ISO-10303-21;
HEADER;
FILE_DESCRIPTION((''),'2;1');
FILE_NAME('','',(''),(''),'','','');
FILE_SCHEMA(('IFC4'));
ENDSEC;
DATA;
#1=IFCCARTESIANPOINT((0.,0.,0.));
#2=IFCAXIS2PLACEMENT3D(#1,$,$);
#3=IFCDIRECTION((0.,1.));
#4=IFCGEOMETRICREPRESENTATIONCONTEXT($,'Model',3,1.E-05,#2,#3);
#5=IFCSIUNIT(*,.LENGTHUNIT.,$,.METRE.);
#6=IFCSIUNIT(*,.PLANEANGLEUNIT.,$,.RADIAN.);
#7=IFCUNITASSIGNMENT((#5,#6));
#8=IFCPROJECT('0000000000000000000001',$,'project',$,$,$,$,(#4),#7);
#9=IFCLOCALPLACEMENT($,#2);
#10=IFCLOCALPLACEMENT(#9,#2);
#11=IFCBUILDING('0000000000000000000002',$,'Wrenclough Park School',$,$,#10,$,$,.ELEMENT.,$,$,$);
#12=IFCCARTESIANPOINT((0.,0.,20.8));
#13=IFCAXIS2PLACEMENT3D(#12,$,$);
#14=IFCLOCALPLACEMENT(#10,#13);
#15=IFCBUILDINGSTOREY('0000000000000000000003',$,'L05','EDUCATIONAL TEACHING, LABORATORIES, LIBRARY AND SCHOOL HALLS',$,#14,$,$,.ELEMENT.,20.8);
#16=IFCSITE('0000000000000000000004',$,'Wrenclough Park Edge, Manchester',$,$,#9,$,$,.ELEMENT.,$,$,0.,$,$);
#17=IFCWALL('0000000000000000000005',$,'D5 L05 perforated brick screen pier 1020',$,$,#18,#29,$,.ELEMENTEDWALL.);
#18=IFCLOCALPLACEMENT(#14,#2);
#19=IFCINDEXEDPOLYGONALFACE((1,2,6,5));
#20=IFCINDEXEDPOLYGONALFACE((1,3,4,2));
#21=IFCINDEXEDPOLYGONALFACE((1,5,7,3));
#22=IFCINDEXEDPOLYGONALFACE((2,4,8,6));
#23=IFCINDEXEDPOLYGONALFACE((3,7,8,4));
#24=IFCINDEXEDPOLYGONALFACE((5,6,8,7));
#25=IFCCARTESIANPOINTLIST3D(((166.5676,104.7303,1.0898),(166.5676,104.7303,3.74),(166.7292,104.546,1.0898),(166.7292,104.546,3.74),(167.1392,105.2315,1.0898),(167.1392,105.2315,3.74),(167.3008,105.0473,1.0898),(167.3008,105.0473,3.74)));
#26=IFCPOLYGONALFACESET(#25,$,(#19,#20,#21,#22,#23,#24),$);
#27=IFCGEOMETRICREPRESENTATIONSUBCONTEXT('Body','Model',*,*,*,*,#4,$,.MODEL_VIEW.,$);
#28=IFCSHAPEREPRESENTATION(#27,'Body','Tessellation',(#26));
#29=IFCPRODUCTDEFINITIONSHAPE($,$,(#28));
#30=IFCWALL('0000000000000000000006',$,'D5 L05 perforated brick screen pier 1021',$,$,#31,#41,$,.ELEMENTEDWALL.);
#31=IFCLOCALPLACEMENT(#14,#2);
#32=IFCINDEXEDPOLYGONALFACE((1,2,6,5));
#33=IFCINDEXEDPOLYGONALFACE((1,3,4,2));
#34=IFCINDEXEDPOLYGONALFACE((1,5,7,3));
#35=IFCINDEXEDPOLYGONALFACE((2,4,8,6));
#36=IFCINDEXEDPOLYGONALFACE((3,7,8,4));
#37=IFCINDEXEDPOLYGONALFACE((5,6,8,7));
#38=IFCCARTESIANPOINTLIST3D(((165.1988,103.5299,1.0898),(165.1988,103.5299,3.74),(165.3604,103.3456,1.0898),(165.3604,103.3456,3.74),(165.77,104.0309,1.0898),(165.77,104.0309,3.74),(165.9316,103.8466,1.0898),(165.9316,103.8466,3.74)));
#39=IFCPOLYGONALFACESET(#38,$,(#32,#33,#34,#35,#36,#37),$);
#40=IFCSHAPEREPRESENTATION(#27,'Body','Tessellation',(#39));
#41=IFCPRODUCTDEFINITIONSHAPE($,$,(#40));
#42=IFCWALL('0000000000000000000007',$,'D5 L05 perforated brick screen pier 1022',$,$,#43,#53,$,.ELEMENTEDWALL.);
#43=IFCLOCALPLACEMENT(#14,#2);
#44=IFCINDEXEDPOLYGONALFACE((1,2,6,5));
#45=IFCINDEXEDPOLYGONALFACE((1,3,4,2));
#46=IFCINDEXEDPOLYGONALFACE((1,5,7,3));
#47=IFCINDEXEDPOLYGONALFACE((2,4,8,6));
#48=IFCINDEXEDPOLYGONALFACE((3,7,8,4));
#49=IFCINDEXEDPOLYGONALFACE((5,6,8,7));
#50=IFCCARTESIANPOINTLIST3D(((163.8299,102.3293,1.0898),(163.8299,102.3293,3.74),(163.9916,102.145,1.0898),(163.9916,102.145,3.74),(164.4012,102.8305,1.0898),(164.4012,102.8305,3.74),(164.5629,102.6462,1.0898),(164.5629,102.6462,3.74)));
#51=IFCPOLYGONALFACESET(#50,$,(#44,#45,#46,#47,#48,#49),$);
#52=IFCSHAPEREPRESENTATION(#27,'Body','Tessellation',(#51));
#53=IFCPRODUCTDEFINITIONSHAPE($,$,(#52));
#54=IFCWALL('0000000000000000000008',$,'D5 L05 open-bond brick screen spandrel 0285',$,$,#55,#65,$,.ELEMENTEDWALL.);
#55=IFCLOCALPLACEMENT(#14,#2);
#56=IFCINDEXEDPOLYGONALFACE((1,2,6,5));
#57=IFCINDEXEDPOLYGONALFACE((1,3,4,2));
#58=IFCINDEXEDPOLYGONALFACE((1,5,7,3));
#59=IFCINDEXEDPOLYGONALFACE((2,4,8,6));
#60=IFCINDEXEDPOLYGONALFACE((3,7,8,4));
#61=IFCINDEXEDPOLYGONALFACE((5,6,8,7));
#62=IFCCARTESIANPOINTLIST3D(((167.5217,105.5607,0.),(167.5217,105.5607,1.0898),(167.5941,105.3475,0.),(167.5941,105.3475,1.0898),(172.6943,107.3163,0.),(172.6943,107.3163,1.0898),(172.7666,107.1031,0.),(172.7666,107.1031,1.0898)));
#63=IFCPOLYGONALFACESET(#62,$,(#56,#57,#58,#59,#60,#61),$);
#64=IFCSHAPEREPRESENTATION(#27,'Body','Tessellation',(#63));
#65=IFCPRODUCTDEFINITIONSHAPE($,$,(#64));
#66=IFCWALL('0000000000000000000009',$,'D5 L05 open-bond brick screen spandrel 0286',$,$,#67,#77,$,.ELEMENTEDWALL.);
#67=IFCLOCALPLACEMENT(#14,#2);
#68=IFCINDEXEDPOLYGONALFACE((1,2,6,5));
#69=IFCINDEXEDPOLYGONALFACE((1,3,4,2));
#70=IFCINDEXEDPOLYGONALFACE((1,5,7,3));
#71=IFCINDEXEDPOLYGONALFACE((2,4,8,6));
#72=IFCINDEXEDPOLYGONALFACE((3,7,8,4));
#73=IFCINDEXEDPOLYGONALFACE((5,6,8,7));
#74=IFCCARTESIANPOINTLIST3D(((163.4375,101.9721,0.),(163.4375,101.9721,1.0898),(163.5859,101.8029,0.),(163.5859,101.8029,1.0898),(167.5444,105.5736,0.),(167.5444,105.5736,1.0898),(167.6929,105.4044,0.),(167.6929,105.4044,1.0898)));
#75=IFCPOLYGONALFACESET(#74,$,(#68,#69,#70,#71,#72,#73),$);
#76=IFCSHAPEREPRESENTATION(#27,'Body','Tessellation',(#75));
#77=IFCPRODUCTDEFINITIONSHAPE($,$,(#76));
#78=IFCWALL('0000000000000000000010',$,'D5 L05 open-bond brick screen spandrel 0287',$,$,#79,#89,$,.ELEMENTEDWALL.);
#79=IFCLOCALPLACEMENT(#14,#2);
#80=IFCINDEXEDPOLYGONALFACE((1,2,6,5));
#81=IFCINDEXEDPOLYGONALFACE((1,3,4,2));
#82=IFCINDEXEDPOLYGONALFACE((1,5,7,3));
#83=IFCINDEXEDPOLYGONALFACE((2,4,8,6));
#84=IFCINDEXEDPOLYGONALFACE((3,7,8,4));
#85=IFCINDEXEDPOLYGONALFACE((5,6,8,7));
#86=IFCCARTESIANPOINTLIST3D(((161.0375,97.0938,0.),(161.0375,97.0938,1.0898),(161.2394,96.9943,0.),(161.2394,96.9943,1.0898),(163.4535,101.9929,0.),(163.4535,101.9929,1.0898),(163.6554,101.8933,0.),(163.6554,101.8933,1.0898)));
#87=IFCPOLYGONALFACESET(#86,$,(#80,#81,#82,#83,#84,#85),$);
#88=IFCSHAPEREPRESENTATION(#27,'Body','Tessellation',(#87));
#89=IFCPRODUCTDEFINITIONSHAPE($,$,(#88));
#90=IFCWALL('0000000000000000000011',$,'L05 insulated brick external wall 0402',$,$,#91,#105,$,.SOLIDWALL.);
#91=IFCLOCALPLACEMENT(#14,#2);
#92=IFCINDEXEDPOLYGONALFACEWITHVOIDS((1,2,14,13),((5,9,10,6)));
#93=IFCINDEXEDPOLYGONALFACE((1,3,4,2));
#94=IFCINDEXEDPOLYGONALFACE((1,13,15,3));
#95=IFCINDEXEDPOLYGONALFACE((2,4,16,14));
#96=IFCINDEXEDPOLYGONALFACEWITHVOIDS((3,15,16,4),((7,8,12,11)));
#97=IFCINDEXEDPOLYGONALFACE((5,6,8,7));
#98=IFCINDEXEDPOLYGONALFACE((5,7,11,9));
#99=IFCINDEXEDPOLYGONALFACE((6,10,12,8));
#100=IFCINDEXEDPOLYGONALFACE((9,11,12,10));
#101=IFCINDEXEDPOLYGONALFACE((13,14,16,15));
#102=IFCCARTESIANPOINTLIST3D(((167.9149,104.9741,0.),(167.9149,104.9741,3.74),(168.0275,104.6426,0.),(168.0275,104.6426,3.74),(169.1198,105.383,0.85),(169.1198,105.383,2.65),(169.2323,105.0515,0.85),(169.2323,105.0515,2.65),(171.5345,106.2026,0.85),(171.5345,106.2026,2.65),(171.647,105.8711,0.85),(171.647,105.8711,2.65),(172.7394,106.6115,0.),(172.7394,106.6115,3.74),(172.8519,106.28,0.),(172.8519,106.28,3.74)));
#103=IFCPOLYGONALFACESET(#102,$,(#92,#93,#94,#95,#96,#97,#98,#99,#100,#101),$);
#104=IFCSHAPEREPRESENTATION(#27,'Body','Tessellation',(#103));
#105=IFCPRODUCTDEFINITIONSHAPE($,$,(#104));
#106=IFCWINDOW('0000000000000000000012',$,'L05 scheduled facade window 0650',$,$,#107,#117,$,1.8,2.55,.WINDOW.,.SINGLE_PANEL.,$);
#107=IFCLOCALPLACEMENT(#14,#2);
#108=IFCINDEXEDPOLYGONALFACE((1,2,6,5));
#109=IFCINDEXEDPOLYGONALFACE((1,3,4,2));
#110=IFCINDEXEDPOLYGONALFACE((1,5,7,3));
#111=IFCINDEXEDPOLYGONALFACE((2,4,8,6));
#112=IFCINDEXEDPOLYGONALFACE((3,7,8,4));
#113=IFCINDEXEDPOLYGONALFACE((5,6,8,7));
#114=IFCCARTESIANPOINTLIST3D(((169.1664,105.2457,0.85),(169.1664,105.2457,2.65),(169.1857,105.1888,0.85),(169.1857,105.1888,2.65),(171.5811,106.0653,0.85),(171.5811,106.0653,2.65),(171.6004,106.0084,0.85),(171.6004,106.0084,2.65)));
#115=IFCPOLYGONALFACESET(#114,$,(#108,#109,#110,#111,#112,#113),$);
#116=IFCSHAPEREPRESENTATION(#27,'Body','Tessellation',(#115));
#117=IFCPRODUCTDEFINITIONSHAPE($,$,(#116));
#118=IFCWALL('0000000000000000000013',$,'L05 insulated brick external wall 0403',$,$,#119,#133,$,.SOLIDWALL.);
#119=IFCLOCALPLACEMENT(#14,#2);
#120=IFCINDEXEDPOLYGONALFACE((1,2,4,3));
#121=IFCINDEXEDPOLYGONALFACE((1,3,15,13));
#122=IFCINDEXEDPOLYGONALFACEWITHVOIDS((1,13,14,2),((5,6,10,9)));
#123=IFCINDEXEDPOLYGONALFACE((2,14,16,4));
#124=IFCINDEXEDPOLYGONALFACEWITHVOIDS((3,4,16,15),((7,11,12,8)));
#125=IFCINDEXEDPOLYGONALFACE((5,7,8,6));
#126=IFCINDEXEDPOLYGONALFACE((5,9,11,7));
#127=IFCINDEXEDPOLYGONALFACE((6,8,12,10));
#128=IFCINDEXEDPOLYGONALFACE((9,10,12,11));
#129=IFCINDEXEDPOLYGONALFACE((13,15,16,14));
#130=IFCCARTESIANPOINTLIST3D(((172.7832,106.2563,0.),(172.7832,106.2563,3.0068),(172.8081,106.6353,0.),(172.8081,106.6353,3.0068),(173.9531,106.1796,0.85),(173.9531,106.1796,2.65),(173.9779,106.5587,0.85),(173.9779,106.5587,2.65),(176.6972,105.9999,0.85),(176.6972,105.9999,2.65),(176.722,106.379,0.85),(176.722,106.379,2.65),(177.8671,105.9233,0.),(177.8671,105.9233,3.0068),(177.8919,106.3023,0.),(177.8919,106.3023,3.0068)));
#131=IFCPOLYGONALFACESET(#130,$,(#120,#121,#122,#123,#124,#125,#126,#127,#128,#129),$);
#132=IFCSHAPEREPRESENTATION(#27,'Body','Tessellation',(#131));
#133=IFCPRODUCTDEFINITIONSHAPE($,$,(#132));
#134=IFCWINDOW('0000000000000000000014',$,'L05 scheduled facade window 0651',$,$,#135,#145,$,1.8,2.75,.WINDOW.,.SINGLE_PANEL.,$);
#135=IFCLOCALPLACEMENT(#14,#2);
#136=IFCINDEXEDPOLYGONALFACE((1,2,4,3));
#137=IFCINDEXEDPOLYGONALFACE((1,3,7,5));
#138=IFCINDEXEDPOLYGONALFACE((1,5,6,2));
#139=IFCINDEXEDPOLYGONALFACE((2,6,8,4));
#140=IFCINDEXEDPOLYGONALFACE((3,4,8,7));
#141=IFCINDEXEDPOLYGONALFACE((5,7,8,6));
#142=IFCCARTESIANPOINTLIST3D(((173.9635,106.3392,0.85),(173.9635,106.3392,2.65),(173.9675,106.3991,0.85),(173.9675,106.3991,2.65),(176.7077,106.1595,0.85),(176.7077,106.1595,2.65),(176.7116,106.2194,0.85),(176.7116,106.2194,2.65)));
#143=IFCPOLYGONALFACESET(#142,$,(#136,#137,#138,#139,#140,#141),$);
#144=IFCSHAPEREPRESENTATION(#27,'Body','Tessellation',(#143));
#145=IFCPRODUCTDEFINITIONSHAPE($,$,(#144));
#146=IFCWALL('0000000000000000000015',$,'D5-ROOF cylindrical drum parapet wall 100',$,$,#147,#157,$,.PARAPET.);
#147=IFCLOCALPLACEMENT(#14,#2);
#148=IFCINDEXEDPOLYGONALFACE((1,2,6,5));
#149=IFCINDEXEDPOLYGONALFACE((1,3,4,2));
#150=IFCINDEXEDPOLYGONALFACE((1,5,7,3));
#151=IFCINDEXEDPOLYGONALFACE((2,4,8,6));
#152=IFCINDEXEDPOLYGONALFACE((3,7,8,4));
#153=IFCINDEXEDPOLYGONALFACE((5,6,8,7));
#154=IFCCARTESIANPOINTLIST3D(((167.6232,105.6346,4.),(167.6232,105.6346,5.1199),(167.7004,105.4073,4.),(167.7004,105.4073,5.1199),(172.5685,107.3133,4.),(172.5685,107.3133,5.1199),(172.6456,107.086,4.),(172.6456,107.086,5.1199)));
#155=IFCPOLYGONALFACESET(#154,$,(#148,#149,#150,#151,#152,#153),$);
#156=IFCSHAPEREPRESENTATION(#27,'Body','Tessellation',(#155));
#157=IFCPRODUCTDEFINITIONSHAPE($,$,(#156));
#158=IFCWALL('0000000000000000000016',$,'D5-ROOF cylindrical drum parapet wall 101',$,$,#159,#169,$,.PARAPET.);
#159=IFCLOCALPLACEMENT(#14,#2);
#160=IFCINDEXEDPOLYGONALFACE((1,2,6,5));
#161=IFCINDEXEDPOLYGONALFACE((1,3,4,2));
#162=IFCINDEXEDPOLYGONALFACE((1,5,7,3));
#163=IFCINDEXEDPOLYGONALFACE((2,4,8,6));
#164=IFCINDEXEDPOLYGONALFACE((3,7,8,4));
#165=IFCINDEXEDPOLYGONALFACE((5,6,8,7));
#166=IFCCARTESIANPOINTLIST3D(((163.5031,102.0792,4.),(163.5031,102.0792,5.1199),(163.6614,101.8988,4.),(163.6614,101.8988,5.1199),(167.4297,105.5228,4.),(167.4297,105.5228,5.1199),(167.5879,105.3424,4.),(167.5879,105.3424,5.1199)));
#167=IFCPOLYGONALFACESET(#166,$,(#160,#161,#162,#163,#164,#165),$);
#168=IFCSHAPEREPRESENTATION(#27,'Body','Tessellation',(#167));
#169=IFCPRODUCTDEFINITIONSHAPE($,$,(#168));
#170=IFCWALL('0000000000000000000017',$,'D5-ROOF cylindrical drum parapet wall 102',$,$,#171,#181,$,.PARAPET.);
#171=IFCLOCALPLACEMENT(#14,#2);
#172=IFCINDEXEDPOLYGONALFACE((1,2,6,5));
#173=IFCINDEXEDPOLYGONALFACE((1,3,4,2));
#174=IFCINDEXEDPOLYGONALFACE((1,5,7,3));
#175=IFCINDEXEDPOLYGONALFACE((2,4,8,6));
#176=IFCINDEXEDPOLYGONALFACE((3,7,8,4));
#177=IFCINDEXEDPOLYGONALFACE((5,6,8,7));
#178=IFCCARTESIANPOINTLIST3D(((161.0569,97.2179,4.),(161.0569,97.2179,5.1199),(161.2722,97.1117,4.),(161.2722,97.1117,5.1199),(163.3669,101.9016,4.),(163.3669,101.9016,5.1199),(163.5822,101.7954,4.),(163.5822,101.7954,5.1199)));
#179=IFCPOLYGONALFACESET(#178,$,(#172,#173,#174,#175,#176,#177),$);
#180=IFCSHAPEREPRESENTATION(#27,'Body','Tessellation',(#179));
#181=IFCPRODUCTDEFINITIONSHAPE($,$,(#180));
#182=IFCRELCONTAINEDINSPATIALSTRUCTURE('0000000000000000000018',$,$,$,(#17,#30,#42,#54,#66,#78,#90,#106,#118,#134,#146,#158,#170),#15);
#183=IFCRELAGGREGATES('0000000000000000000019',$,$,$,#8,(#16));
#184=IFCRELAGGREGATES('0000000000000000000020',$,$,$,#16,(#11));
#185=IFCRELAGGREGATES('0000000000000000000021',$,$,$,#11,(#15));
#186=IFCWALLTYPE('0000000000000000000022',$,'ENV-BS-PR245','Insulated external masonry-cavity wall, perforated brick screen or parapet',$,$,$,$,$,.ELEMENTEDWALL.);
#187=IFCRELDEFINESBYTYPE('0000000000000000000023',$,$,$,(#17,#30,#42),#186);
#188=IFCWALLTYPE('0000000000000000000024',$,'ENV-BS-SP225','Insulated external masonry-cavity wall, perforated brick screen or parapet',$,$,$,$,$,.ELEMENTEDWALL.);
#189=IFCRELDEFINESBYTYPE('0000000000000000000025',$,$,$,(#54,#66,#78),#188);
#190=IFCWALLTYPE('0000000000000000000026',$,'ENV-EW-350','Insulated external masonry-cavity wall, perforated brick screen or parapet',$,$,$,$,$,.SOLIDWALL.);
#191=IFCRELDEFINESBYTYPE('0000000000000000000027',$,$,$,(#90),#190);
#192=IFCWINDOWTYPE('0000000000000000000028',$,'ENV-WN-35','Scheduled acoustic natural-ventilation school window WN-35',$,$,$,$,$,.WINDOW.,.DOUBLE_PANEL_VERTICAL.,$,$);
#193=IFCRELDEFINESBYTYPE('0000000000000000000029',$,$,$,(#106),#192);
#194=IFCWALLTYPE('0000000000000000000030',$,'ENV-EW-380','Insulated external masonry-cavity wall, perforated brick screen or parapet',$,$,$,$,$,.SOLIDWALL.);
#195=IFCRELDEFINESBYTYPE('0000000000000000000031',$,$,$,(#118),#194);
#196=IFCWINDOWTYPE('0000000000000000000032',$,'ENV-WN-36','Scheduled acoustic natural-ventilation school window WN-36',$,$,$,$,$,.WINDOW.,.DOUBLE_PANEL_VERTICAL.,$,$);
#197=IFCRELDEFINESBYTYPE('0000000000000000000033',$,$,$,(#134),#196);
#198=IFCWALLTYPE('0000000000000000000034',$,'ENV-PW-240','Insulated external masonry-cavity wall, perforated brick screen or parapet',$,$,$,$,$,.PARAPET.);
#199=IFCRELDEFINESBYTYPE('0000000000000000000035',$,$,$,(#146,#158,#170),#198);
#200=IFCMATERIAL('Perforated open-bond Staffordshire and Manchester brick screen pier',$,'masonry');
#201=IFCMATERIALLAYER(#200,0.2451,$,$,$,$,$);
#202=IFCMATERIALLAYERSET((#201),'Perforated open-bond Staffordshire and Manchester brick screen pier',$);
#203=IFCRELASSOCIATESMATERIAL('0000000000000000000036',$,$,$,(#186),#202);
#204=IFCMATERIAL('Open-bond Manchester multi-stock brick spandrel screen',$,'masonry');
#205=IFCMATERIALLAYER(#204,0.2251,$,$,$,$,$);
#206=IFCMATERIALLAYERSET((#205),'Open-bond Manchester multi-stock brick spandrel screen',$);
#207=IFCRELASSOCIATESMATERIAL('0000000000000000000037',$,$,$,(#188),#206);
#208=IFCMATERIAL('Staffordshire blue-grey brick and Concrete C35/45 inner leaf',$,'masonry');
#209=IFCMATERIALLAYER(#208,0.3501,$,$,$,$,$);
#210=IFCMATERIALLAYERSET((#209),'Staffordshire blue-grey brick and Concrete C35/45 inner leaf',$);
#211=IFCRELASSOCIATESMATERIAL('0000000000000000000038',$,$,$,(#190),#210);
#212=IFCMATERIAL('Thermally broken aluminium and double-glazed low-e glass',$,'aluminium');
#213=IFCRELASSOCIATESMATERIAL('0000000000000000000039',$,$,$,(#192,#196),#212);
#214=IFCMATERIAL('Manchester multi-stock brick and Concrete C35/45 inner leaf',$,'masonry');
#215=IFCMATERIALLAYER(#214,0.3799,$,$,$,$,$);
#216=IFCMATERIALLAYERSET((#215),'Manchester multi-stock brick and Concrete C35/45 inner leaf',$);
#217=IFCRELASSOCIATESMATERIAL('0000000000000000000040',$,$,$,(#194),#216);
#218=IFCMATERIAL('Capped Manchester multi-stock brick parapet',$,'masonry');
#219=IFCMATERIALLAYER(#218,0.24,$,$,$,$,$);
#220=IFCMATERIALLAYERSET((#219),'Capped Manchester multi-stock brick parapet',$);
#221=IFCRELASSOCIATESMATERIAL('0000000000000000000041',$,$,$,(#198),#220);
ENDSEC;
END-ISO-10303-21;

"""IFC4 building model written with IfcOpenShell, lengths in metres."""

from ifc_helpers import new_model, si_unit, direction, frame, frame_2d, origin, place, context, subcontext, project, spatial, rectangle, extrude, material, layer, layer_set, type_object, element, fill, save


model = new_model("IFC4")

# Units and contexts
model_context = context("Model", 3, precision=1e-05, world=origin(), true_north=direction((0.0, 1.0)))
body_context = subcontext(model_context, "Body", "Model", "MODEL_VIEW")
ifc_project = project(units=[si_unit("LENGTHUNIT", "METRE"), si_unit("PLANEANGLEUNIT", "RADIAN")], contexts=[model_context])

# Site, building, storey
site_placement = place(None, origin())
site = spatial("IfcSite", under=ifc_project, at=site_placement, Name="Wrenclough Park Edge, Manchester", CompositionType="ELEMENT", RefElevation=0.0)
building_placement = place(site_placement, origin())
building = spatial("IfcBuilding", under=site, at=building_placement, Name="Wrenclough Park School", CompositionType="ELEMENT")
storey_placement = place(building_placement, frame((0.0, 0.0, 20.8)))
storey = spatial("IfcBuildingStorey", under=building, at=storey_placement, Name="L05", Description="EDUCATIONAL TEACHING, LABORATORIES, LIBRARY AND SCHOOL HALLS", CompositionType="ELEMENT", Elevation=20.8)

# Walls
ifc_material_1 = material(Name="Perforated open-bond Staffordshire and Manchester brick screen pier", Category="masonry")
ifc_layer_1 = layer(ifc_material_1, 0.2451)
ifc_layer_set_1 = layer_set([ifc_layer_1], Name="Perforated open-bond Staffordshire and Manchester brick screen pier")
wall_type_1 = type_object("IfcWallType", Name="ENV-BS-PR245", Description="Insulated external masonry-cavity wall, perforated brick screen or parapet", PredefinedType="ELEMENTEDWALL", material=ifc_layer_set_1)
wall_1_placement = place(storey_placement, frame((167.22, 105.1394, 1.0898), z_axis=(0.0, 0.0, 1.0), x_axis=(-0.75184, -0.659345, 0.0)))
element("IfcWall", 1, at=wall_1_placement, inside=storey, type_object=wall_type_1, Name="D5 L05 perforated brick screen pier 1020", PredefinedType="ELEMENTEDWALL", context=body_context, shape_type="SweptSolid", body=[
    extrude(rectangle(XDim=0.7603, YDim=0.2451, at=frame_2d((0.3801, 0.0))), origin(), (0.0, 0.0, 1.0), 2.6501),
])
wall_2_placement = place(storey_placement, frame((165.8508, 103.9387, 1.0898), z_axis=(0.0, 0.0, 1.0), x_axis=(-0.75186, -0.659323, 0.0)))
element("IfcWall", 2, at=wall_2_placement, inside=storey, type_object=wall_type_1, Name="D5 L05 perforated brick screen pier 1021", PredefinedType="ELEMENTEDWALL", context=body_context, shape_type="SweptSolid", body=[
    extrude(rectangle(XDim=0.7598, YDim=0.2451, at=frame_2d((0.3799, 0.0))), origin(), (0.0, 0.0, 1.0), 2.6501),
])
wall_3_placement = place(storey_placement, frame((164.4819, 102.7383, 1.0898), z_axis=(0.0, 0.0, 1.0), x_axis=(-0.7517, -0.659505, 0.0)))
element("IfcWall", 3, at=wall_3_placement, inside=storey, type_object=wall_type_1, Name="D5 L05 perforated brick screen pier 1022", PredefinedType="ELEMENTEDWALL", context=body_context, shape_type="SweptSolid", body=[
    extrude(rectangle(XDim=0.76, YDim=0.2451, at=frame_2d((0.3799, 0.0))), origin(), (0.0, 0.0, 1.0), 2.6501),
])
ifc_material_2 = material(Name="Open-bond Manchester multi-stock brick spandrel screen", Category="masonry")
ifc_layer_2 = layer(ifc_material_2, 0.2251)
ifc_layer_set_2 = layer_set([ifc_layer_2], Name="Open-bond Manchester multi-stock brick spandrel screen")
wall_type_2 = type_object("IfcWallType", Name="ENV-BS-SP225", Description="Insulated external masonry-cavity wall, perforated brick screen or parapet", PredefinedType="ELEMENTEDWALL", material=ifc_layer_set_2)
for number, where, z_axis, x_axis, name in (
    (4, (172.7305, 107.2097, 0.0), (0.0, 0.0, 1.0), (-0.946944, -0.321399, 0.0), "D5 L05 open-bond brick screen spandrel 0285"),
    (5, (167.6187, 105.489, 0.0), (0.0, 0.0, 1.0), (-0.751851, -0.659333, 0.0), "D5 L05 open-bond brick screen spandrel 0286"),
    (6, (163.5544, 101.9431, 0.0), (0.0, 0.0, 1.0), (-0.442291, -0.896872, 0.0), "D5 L05 open-bond brick screen spandrel 0287"),
):
    element("IfcWall", number, at=place(storey_placement, frame(where, z_axis=z_axis, x_axis=x_axis)), inside=storey, type_object=wall_type_2, Name=name, PredefinedType="ELEMENTEDWALL", context=body_context, shape_type="SweptSolid", body=[
        extrude(rectangle(XDim=5.4624, YDim=0.2251, at=frame_2d((2.7312, 0.0))), origin(), (0.0, 0.0, 1.0), 1.0898),
    ])

# Walls, openings, windows
ifc_material_3 = material(Name="Staffordshire blue-grey brick and Concrete C35/45 inner leaf", Category="masonry")
ifc_layer_3 = layer(ifc_material_3, 0.3501)
ifc_layer_set_3 = layer_set([ifc_layer_3], Name="Staffordshire blue-grey brick and Concrete C35/45 inner leaf")
wall_type_3 = type_object("IfcWallType", Name="ENV-EW-350", Description="Insulated external masonry-cavity wall, perforated brick screen or parapet", PredefinedType="SOLIDWALL", material=ifc_layer_set_3)
wall_4_placement = place(storey_placement, frame((167.9712, 104.8083, 0.0), z_axis=(0.0, 0.0, 1.0), x_axis=(0.946944, 0.321398, 0.0)))
wall_4 = element("IfcWall", 7, at=wall_4_placement, inside=storey, type_object=wall_type_3, Name="L05 insulated brick external wall 0402", PredefinedType="SOLIDWALL", context=body_context, shape_type="SweptSolid", body=[
    extrude(rectangle(XDim=5.0947, YDim=0.3501, at=frame_2d((2.5474, 0.0))), origin(), (0.0, 0.0, 1.0), 3.74),
])
opening_1_placement = place(wall_4_placement, frame((1.2725, 0.0, 0.8501)))
opening_1 = element("IfcOpeningElement", 8, at=opening_1_placement, cuts=wall_4, PredefinedType="OPENING", context=body_context, shape_type="SweptSolid", body=[
    extrude(rectangle(XDim=2.55, YDim=1.8, at=frame_2d((1.2749, 0.8999))), frame((0.0, 0.1851, 0.0), z_axis=(0.0, -1.0, 0.0), x_axis=(1.0, 0.0, 0.0)), (0.0, 0.0, 1.0), 0.3701),
])
ifc_material_4 = material(Name="Thermally broken aluminium and double-glazed low-e glass", Category="aluminium")
window_type_1 = type_object("IfcWindowType", Name="ENV-WN-35", Description="Scheduled acoustic natural-ventilation school window WN-35", PartitioningType="DOUBLE_PANEL_VERTICAL", PredefinedType="WINDOW", material=ifc_material_4)
window_1_placement = place(opening_1_placement, origin())
window_1 = element("IfcWindow", 9, at=window_1_placement, inside=storey, type_object=window_type_1, Name="L05 scheduled facade window 0650", OverallHeight=1.8, OverallWidth=2.55, PartitioningType="SINGLE_PANEL", PredefinedType="WINDOW", context=body_context, shape_type="SweptSolid", body=[
    extrude(rectangle(XDim=2.55, YDim=1.8, at=frame_2d((1.2749, 0.8999))), frame((0.0, 0.03, 0.0), z_axis=(0.0, -1.0, 0.0), x_axis=(1.0, 0.0, 0.0)), (0.0, 0.0, 1.0), 0.0601),
])
fill(opening_1, window_1)
ifc_material_5 = material(Name="Manchester multi-stock brick and Concrete C35/45 inner leaf", Category="masonry")
ifc_layer_4 = layer(ifc_material_5, 0.3799)
ifc_layer_set_4 = layer_set([ifc_layer_4], Name="Manchester multi-stock brick and Concrete C35/45 inner leaf")
wall_type_4 = type_object("IfcWallType", Name="ENV-EW-380", Description="Insulated external masonry-cavity wall, perforated brick screen or parapet", PredefinedType="SOLIDWALL", material=ifc_layer_set_4)
wall_5_placement = place(storey_placement, frame((172.7957, 106.4458, 0.0), z_axis=(0.0, 0.0, 1.0), x_axis=(0.997861, -0.065364, 0.0)))
wall_5 = element("IfcWall", 10, at=wall_5_placement, inside=storey, type_object=wall_type_4, Name="L05 insulated brick external wall 0403", PredefinedType="SOLIDWALL", context=body_context, shape_type="SweptSolid", body=[
    extrude(rectangle(XDim=5.0947, YDim=0.3799, at=frame_2d((2.5474, 0.0))), origin(), (0.0, 0.0, 1.0), 3.0068),
])
opening_2_placement = place(wall_5_placement, frame((1.1724, 0.0, 0.8501)))
opening_2 = element("IfcOpeningElement", 11, at=opening_2_placement, cuts=wall_5, PredefinedType="OPENING", context=body_context, shape_type="SweptSolid", body=[
    extrude(rectangle(XDim=2.75, YDim=1.8, at=frame_2d((1.375, 0.8999))), frame((0.0, 0.2, 0.0), z_axis=(0.0, -1.0, 0.0), x_axis=(1.0, 0.0, 0.0)), (0.0, 0.0, 1.0), 0.3999),
])
window_type_2 = type_object("IfcWindowType", Name="ENV-WN-36", Description="Scheduled acoustic natural-ventilation school window WN-36", PartitioningType="DOUBLE_PANEL_VERTICAL", PredefinedType="WINDOW", material=ifc_material_4)
window_2_placement = place(opening_2_placement, origin())
window_2 = element("IfcWindow", 12, at=window_2_placement, inside=storey, type_object=window_type_2, Name="L05 scheduled facade window 0651", OverallHeight=1.8, OverallWidth=2.75, PartitioningType="SINGLE_PANEL", PredefinedType="WINDOW", context=body_context, shape_type="SweptSolid", body=[
    extrude(rectangle(XDim=2.75, YDim=1.8, at=frame_2d((1.375, 0.8999))), frame((0.0, 0.03, 0.0), z_axis=(0.0, -1.0, 0.0), x_axis=(1.0, 0.0, 0.0)), (0.0, 0.0, 1.0), 0.0601),
])
fill(opening_2, window_2)

# Walls
ifc_material_6 = material(Name="Capped Manchester multi-stock brick parapet", Category="masonry")
ifc_layer_5 = layer(ifc_material_6, 0.24)
ifc_layer_set_5 = layer_set([ifc_layer_5], Name="Capped Manchester multi-stock brick parapet")
wall_type_5 = type_object("IfcWallType", Name="ENV-PW-240", Description="Insulated external masonry-cavity wall, perforated brick screen or parapet", PredefinedType="PARAPET", material=ifc_layer_set_5)
wall_6_placement = place(storey_placement, frame((172.6072, 107.1997, 4.0), z_axis=(0.0, 0.0, 1.0), x_axis=(-0.94693, -0.32144, 0.0)))
element("IfcWall", 13, at=wall_6_placement, inside=storey, type_object=wall_type_5, Name="D5-ROOF cylindrical drum parapet wall 100", PredefinedType="PARAPET", context=body_context, shape_type="SweptSolid", body=[
    extrude(rectangle(XDim=5.2224, YDim=0.24, at=frame_2d((2.6113, 0.0))), origin(), (0.0, 0.0, 1.0), 1.1199),
])
wall_7_placement = place(storey_placement, frame((167.5088, 105.4326, 4.0), z_axis=(0.0, 0.0, 1.0), x_axis=(-0.751826, -0.659361, 0.0)))
element("IfcWall", 14, at=wall_7_placement, inside=storey, type_object=wall_type_5, Name="D5-ROOF cylindrical drum parapet wall 101", PredefinedType="PARAPET", context=body_context, shape_type="SweptSolid", body=[
    extrude(rectangle(XDim=5.2227, YDim=0.24, at=frame_2d((2.6113, 0.0))), origin(), (0.0, 0.0, 1.0), 1.1199),
])
wall_8_placement = place(storey_placement, frame((163.4746, 101.8486, 4.0), z_axis=(0.0, 0.0, 1.0), x_axis=(-0.442326, -0.896854, 0.0)))
element("IfcWall", 15, at=wall_8_placement, inside=storey, type_object=wall_type_5, Name="D5-ROOF cylindrical drum parapet wall 102", PredefinedType="PARAPET", context=body_context, shape_type="SweptSolid", body=[
    extrude(rectangle(XDim=5.2224, YDim=0.24, at=frame_2d((2.6113, 0.0))), origin(), (0.0, 0.0, 1.0), 1.1199),
])

save(model, "model.ifc")
